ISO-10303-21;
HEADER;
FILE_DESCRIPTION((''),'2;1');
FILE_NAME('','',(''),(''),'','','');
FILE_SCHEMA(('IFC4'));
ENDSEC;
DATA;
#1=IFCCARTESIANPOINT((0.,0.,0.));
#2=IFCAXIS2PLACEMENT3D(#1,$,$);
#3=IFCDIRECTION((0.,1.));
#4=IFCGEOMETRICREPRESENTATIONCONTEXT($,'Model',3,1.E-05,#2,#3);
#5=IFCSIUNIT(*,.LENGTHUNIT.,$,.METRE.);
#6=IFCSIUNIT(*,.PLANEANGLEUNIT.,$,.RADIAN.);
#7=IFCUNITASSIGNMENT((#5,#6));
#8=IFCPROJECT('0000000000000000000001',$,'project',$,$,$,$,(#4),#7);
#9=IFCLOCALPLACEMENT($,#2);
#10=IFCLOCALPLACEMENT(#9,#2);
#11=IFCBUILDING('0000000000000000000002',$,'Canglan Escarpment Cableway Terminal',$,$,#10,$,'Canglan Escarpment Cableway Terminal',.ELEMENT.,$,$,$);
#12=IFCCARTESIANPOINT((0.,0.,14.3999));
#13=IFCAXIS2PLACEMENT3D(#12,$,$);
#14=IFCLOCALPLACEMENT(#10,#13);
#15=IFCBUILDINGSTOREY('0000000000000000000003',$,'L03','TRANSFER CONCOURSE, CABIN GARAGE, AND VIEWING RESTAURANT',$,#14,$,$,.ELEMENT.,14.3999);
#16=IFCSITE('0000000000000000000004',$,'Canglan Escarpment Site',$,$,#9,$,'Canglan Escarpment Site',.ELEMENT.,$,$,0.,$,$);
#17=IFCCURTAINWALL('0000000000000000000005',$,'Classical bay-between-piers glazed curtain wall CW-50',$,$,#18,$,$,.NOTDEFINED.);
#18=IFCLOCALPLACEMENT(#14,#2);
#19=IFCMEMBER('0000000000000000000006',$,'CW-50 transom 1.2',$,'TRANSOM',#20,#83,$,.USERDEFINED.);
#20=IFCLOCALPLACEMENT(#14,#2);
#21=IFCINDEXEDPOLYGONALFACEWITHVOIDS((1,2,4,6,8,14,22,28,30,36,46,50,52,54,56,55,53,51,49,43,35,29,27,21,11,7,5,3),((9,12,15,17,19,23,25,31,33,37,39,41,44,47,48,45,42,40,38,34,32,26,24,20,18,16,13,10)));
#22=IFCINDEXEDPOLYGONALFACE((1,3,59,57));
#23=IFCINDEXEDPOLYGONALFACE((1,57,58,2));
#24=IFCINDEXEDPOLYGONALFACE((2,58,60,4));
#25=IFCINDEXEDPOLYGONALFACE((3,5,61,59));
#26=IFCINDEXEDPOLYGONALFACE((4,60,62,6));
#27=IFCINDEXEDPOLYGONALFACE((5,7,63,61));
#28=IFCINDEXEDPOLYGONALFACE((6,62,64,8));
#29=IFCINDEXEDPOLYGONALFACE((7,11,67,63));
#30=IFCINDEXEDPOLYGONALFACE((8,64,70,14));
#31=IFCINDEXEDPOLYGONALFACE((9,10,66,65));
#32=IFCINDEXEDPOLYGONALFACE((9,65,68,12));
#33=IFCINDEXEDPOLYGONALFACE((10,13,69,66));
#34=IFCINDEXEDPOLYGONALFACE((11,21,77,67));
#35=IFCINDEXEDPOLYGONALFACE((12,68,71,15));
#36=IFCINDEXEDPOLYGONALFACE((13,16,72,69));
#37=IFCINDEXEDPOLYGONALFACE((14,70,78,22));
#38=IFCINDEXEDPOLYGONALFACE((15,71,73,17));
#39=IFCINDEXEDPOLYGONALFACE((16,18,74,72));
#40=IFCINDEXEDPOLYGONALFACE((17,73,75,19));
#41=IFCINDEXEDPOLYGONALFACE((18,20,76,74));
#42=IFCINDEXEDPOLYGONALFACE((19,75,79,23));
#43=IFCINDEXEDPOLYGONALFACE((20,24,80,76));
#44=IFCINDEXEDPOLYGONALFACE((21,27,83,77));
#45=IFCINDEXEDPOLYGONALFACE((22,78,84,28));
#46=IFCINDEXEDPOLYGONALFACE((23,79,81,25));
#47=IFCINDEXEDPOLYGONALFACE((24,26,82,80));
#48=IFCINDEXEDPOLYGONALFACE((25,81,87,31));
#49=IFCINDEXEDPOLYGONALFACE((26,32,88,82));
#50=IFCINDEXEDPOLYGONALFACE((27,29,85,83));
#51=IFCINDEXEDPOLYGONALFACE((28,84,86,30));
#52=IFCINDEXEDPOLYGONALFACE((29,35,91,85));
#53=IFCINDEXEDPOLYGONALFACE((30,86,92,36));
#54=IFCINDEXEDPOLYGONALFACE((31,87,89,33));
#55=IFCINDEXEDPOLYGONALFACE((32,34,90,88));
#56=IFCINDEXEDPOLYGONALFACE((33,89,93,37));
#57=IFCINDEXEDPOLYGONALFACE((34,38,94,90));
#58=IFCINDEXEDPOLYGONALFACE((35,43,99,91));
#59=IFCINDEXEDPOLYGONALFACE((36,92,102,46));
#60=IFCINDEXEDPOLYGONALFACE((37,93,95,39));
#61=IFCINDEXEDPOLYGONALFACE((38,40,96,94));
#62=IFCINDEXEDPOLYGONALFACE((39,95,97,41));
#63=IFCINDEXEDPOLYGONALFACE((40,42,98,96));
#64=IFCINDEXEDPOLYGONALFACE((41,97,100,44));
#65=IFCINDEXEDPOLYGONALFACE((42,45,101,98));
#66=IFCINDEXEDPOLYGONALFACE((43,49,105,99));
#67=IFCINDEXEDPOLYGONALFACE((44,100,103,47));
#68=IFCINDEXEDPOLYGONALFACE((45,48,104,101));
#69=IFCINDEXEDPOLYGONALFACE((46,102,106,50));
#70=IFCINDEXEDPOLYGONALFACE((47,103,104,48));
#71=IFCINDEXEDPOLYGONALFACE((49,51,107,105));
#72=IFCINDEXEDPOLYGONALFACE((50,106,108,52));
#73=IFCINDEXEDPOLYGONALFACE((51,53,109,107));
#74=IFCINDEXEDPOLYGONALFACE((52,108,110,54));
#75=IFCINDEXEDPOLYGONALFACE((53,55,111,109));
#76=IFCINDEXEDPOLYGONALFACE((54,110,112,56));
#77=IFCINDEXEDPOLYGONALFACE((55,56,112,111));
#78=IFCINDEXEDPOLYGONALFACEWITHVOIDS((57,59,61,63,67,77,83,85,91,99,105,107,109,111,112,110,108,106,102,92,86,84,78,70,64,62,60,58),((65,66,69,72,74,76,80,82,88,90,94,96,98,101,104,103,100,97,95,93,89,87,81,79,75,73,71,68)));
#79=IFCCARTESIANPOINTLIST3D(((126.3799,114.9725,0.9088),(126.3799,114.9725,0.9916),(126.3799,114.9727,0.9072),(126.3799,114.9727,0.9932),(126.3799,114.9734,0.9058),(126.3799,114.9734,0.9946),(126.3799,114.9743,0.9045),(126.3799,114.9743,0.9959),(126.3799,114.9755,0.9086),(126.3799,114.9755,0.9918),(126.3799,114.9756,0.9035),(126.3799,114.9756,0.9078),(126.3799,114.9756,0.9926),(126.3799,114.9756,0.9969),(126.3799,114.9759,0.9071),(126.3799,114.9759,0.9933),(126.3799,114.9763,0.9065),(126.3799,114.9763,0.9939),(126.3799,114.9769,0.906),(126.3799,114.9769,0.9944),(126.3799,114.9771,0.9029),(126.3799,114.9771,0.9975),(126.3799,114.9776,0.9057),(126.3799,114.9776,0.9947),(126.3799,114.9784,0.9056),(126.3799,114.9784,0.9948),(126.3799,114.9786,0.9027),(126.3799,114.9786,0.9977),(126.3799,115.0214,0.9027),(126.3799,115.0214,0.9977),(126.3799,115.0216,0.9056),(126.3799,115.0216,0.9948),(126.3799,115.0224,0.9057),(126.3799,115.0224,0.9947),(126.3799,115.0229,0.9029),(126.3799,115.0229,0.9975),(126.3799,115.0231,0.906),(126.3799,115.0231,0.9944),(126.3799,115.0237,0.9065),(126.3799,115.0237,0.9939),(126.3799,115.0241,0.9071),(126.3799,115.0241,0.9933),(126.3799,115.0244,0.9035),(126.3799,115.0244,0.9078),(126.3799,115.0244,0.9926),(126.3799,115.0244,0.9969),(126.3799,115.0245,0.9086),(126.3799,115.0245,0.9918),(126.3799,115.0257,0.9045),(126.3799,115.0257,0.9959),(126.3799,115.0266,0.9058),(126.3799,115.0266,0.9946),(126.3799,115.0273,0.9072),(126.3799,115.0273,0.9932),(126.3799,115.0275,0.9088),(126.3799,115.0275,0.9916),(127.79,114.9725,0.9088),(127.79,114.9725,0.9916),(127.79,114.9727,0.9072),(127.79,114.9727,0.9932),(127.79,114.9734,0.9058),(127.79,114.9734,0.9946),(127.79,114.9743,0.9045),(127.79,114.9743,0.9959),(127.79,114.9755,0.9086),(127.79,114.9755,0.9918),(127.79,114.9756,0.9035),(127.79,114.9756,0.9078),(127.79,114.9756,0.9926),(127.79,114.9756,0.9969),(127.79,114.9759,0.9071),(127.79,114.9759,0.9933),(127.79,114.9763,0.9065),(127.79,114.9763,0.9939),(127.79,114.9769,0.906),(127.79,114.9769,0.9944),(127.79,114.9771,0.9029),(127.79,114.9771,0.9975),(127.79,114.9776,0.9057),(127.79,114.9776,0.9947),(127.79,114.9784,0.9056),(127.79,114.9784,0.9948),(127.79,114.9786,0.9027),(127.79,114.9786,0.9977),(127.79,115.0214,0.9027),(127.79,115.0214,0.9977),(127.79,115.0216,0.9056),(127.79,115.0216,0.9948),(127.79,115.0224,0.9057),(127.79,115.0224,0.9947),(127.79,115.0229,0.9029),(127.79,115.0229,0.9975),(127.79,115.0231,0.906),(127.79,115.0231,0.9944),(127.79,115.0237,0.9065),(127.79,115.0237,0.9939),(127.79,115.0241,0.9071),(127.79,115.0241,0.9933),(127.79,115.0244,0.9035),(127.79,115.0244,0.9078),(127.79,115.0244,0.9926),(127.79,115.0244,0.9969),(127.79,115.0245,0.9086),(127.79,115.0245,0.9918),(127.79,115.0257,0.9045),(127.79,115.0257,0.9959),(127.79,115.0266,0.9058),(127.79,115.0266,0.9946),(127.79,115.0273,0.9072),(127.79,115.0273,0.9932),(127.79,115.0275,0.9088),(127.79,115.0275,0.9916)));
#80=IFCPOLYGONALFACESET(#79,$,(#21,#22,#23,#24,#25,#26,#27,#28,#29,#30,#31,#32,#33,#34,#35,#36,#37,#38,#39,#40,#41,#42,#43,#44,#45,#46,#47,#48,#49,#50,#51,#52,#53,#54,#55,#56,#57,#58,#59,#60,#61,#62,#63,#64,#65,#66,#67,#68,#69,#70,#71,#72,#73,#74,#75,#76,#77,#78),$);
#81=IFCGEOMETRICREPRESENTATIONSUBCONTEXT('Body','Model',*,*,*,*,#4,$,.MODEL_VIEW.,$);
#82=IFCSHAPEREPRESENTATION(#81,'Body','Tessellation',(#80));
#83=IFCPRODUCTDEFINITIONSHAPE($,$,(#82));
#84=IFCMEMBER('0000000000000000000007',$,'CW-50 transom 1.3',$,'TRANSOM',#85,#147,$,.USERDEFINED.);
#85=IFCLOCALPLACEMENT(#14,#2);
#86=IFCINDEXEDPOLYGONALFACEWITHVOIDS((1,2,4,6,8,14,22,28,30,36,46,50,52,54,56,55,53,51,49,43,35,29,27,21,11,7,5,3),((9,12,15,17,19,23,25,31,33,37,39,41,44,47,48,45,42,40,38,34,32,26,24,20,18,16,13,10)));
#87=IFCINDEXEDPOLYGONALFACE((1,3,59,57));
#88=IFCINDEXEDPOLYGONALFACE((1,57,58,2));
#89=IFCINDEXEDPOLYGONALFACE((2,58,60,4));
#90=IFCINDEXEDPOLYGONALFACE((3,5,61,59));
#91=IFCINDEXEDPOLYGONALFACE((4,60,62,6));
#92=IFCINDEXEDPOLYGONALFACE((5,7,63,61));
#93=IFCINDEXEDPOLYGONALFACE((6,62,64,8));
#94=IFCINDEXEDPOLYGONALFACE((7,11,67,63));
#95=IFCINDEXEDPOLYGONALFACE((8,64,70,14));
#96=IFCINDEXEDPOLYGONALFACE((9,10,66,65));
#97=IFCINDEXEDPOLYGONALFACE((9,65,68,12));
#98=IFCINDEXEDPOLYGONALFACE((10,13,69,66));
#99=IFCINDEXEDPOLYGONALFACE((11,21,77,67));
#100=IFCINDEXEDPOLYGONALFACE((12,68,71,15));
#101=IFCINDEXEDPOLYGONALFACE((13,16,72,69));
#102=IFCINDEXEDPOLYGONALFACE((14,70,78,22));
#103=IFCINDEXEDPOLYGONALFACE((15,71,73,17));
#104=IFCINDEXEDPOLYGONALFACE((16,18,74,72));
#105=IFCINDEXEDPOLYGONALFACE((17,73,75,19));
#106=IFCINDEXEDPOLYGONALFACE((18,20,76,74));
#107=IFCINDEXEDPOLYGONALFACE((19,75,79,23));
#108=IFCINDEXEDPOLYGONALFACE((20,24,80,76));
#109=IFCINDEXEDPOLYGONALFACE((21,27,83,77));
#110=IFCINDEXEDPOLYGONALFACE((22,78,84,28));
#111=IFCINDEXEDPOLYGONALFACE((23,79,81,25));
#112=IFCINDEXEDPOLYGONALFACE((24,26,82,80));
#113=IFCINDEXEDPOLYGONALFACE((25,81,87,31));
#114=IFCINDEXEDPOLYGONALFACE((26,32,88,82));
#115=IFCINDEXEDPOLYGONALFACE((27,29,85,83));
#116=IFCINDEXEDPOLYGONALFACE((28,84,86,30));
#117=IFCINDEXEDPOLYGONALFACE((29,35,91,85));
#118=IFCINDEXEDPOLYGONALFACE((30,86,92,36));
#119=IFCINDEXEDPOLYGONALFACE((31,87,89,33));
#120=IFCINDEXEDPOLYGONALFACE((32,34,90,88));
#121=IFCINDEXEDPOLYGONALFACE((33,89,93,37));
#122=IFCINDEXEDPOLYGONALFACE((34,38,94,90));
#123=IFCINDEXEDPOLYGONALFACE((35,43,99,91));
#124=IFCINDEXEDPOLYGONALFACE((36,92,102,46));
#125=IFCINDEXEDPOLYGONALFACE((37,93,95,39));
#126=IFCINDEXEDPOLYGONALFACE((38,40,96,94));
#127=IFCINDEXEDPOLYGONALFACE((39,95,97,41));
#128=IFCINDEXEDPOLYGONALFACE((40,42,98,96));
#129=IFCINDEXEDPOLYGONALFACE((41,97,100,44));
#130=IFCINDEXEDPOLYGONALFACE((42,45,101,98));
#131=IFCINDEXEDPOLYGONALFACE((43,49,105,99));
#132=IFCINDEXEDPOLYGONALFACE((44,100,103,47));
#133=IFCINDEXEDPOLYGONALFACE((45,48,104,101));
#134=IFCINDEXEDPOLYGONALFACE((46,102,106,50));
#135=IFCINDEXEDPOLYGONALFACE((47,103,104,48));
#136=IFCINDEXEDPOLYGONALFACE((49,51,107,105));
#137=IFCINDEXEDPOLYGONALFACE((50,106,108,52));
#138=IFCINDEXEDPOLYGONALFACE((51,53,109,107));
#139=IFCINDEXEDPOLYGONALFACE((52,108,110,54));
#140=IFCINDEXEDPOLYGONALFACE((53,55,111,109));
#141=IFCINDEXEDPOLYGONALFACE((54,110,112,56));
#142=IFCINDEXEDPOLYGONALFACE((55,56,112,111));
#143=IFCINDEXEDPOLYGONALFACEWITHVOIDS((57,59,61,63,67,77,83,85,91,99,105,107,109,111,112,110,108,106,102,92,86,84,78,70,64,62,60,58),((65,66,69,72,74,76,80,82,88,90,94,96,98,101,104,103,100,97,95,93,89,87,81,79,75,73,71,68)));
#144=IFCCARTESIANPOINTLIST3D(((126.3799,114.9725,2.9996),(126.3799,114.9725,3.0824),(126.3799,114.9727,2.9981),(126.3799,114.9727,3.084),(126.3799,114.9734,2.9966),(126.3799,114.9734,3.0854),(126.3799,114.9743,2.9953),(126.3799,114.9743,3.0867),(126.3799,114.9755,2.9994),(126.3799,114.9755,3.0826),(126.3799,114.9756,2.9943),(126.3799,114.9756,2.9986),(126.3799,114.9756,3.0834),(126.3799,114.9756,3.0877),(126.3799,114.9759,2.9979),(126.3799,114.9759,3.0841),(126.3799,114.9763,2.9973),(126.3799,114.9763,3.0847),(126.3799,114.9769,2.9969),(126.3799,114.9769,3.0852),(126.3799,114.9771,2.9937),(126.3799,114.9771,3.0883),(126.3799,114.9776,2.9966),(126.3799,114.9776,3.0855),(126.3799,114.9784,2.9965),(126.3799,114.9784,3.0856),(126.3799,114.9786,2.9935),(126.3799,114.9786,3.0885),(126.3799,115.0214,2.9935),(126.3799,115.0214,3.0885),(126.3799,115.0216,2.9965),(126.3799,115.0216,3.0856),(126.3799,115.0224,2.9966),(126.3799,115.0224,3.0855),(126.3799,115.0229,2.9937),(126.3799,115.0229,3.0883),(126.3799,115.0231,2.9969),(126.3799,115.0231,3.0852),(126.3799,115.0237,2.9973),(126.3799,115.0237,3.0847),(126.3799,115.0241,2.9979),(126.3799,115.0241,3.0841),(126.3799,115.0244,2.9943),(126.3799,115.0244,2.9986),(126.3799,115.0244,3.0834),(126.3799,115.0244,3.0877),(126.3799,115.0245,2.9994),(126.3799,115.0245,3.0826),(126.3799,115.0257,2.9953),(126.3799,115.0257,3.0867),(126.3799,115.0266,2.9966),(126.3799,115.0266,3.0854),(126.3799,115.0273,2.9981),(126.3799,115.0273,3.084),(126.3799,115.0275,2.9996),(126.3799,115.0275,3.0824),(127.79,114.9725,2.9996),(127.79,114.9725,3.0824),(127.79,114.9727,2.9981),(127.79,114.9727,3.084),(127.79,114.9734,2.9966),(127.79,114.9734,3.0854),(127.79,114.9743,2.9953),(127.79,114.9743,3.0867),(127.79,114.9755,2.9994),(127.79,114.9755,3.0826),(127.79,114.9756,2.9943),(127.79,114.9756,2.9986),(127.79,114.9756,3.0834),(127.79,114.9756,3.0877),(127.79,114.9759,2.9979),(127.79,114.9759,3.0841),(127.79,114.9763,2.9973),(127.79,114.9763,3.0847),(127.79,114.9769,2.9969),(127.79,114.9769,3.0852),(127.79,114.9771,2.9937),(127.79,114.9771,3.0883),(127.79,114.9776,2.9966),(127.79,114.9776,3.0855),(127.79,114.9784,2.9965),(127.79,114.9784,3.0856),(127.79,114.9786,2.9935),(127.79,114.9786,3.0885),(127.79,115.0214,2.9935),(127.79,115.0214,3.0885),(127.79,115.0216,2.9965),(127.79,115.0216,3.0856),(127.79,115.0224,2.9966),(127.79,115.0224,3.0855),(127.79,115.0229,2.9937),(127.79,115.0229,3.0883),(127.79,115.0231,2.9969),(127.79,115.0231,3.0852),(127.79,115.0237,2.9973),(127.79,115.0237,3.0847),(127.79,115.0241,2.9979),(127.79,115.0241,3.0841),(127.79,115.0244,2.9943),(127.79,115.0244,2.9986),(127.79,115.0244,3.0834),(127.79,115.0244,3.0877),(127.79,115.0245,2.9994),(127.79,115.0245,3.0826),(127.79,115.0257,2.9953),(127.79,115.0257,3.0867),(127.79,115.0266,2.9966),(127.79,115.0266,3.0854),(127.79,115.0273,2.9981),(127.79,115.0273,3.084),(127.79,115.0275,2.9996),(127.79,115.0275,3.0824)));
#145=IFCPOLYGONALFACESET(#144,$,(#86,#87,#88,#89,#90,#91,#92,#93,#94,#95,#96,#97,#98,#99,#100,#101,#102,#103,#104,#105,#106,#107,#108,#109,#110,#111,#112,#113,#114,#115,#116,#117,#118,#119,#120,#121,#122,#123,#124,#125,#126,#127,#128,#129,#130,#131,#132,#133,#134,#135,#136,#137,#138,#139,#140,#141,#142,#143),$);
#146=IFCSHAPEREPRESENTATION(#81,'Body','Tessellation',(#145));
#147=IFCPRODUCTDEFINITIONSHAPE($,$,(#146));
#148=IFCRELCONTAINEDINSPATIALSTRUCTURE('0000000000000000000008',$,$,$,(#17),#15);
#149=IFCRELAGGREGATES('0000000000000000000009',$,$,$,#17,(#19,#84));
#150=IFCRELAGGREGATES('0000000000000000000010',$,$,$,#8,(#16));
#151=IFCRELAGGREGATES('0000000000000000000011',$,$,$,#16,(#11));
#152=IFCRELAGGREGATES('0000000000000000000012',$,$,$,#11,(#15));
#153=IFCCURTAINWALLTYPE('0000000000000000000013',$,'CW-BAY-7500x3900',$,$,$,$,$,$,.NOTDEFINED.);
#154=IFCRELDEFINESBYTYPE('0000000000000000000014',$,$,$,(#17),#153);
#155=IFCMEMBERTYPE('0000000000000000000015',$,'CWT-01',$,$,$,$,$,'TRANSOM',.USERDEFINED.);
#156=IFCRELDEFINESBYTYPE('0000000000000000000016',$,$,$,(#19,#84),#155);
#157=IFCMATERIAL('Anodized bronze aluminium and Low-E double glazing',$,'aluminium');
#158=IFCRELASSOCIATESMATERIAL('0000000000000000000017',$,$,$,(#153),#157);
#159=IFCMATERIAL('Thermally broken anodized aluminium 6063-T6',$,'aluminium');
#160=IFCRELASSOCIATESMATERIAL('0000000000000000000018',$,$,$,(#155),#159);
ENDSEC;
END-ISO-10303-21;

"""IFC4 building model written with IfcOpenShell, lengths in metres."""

from ifc_helpers import new_model, si_unit, direction, frame, origin, origin_2d, place, context, subcontext, project, spatial, hollow_rectangle, extrude, material, material_profile, profile_set, type_object, element, aggregate, save


model = new_model("IFC4")

# Units and contexts
model_context = context("Model", 3, precision=1e-05, world=origin(), true_north=direction((0.0, 1.0)))
body_context = subcontext(model_context, "Body", "Model", "MODEL_VIEW")
ifc_project = project(units=[si_unit("LENGTHUNIT", "METRE"), si_unit("PLANEANGLEUNIT", "RADIAN")], contexts=[model_context])

# Site, building, storey
site_placement = place(None, origin())
site = spatial("IfcSite", under=ifc_project, at=site_placement, Name="Canglan Escarpment Site", LongName="Canglan Escarpment Site", CompositionType="ELEMENT", RefElevation=0.0)
building_placement = place(site_placement, origin())
building = spatial("IfcBuilding", under=site, at=building_placement, Name="Canglan Escarpment Cableway Terminal", LongName="Canglan Escarpment Cableway Terminal", CompositionType="ELEMENT")
storey_placement = place(building_placement, frame((0.0, 0.0, 14.3999)))
storey = spatial("IfcBuildingStorey", under=building, at=storey_placement, Name="L03", Description="TRANSFER CONCOURSE, CABIN GARAGE, AND VIEWING RESTAURANT", CompositionType="ELEMENT", Elevation=14.3999)

# Curtain wall
ifc_material_1 = material(Name="Anodized bronze aluminium and Low-E double glazing", Category="aluminium")
curtain_wall_type_1 = type_object("IfcCurtainWallType", Name="CW-BAY-7500x3900", PredefinedType="NOTDEFINED", material=ifc_material_1)
curtain_wall_1_placement = place(storey_placement, origin())
curtain_wall_1 = element("IfcCurtainWall", 1, at=curtain_wall_1_placement, inside=storey, type_object=curtain_wall_type_1, Name="Classical bay-between-piers glazed curtain wall CW-50", PredefinedType="NOTDEFINED")
ifc_material_2 = material(Name="Thermally broken anodized aluminium 6063-T6", Category="aluminium")

# Members
ifc_material_profile_1 = material_profile(ifc_material_2, hollow_rectangle(XDim=0.0549, YDim=0.095, WallThickness=0.0029, InnerFilletRadius=0.0029, OuterFilletRadius=0.0061, at=origin_2d()), Name="ALU-TRAN 55x95x3")
ifc_profile_set_1 = profile_set([ifc_material_profile_1], Name="Thermally broken anodized aluminium 6063-T6")
member_type_1 = type_object("IfcMemberType", Name="CWT-01", ElementType="TRANSOM", PredefinedType="USERDEFINED", material=ifc_profile_set_1)
member_1_placement = place(storey_placement, frame((127.79, 115.0, 0.9502), z_axis=(-1.0, 0.0, 0.0), x_axis=(0.0, -1.0, 0.0)))
member_1 = element("IfcMember", 2, at=member_1_placement, type_object=member_type_1, Name="CW-50 transom 1.2", ObjectType="TRANSOM", PredefinedType="USERDEFINED", context=body_context, shape_type="SweptSolid", body=[
    extrude(hollow_rectangle(XDim=0.0549, YDim=0.095, WallThickness=0.0029, InnerFilletRadius=0.0029, OuterFilletRadius=0.0061, at=origin_2d()), origin(), (0.0, 0.0, 1.0), 1.4102),
])
member_2_placement = place(storey_placement, frame((127.79, 115.0, 3.041), z_axis=(-1.0, 0.0, 0.0), x_axis=(0.0, -1.0, 0.0)))
member_2 = element("IfcMember", 3, at=member_2_placement, type_object=member_type_1, Name="CW-50 transom 1.3", ObjectType="TRANSOM", PredefinedType="USERDEFINED", context=body_context, shape_type="SweptSolid", body=[
    extrude(hollow_rectangle(XDim=0.0549, YDim=0.095, WallThickness=0.0029, InnerFilletRadius=0.0029, OuterFilletRadius=0.0061, at=origin_2d()), origin(), (0.0, 0.0, 1.0), 1.4102),
])

aggregate(curtain_wall_1, [member_1, member_2])

save(model, "model.ifc")
